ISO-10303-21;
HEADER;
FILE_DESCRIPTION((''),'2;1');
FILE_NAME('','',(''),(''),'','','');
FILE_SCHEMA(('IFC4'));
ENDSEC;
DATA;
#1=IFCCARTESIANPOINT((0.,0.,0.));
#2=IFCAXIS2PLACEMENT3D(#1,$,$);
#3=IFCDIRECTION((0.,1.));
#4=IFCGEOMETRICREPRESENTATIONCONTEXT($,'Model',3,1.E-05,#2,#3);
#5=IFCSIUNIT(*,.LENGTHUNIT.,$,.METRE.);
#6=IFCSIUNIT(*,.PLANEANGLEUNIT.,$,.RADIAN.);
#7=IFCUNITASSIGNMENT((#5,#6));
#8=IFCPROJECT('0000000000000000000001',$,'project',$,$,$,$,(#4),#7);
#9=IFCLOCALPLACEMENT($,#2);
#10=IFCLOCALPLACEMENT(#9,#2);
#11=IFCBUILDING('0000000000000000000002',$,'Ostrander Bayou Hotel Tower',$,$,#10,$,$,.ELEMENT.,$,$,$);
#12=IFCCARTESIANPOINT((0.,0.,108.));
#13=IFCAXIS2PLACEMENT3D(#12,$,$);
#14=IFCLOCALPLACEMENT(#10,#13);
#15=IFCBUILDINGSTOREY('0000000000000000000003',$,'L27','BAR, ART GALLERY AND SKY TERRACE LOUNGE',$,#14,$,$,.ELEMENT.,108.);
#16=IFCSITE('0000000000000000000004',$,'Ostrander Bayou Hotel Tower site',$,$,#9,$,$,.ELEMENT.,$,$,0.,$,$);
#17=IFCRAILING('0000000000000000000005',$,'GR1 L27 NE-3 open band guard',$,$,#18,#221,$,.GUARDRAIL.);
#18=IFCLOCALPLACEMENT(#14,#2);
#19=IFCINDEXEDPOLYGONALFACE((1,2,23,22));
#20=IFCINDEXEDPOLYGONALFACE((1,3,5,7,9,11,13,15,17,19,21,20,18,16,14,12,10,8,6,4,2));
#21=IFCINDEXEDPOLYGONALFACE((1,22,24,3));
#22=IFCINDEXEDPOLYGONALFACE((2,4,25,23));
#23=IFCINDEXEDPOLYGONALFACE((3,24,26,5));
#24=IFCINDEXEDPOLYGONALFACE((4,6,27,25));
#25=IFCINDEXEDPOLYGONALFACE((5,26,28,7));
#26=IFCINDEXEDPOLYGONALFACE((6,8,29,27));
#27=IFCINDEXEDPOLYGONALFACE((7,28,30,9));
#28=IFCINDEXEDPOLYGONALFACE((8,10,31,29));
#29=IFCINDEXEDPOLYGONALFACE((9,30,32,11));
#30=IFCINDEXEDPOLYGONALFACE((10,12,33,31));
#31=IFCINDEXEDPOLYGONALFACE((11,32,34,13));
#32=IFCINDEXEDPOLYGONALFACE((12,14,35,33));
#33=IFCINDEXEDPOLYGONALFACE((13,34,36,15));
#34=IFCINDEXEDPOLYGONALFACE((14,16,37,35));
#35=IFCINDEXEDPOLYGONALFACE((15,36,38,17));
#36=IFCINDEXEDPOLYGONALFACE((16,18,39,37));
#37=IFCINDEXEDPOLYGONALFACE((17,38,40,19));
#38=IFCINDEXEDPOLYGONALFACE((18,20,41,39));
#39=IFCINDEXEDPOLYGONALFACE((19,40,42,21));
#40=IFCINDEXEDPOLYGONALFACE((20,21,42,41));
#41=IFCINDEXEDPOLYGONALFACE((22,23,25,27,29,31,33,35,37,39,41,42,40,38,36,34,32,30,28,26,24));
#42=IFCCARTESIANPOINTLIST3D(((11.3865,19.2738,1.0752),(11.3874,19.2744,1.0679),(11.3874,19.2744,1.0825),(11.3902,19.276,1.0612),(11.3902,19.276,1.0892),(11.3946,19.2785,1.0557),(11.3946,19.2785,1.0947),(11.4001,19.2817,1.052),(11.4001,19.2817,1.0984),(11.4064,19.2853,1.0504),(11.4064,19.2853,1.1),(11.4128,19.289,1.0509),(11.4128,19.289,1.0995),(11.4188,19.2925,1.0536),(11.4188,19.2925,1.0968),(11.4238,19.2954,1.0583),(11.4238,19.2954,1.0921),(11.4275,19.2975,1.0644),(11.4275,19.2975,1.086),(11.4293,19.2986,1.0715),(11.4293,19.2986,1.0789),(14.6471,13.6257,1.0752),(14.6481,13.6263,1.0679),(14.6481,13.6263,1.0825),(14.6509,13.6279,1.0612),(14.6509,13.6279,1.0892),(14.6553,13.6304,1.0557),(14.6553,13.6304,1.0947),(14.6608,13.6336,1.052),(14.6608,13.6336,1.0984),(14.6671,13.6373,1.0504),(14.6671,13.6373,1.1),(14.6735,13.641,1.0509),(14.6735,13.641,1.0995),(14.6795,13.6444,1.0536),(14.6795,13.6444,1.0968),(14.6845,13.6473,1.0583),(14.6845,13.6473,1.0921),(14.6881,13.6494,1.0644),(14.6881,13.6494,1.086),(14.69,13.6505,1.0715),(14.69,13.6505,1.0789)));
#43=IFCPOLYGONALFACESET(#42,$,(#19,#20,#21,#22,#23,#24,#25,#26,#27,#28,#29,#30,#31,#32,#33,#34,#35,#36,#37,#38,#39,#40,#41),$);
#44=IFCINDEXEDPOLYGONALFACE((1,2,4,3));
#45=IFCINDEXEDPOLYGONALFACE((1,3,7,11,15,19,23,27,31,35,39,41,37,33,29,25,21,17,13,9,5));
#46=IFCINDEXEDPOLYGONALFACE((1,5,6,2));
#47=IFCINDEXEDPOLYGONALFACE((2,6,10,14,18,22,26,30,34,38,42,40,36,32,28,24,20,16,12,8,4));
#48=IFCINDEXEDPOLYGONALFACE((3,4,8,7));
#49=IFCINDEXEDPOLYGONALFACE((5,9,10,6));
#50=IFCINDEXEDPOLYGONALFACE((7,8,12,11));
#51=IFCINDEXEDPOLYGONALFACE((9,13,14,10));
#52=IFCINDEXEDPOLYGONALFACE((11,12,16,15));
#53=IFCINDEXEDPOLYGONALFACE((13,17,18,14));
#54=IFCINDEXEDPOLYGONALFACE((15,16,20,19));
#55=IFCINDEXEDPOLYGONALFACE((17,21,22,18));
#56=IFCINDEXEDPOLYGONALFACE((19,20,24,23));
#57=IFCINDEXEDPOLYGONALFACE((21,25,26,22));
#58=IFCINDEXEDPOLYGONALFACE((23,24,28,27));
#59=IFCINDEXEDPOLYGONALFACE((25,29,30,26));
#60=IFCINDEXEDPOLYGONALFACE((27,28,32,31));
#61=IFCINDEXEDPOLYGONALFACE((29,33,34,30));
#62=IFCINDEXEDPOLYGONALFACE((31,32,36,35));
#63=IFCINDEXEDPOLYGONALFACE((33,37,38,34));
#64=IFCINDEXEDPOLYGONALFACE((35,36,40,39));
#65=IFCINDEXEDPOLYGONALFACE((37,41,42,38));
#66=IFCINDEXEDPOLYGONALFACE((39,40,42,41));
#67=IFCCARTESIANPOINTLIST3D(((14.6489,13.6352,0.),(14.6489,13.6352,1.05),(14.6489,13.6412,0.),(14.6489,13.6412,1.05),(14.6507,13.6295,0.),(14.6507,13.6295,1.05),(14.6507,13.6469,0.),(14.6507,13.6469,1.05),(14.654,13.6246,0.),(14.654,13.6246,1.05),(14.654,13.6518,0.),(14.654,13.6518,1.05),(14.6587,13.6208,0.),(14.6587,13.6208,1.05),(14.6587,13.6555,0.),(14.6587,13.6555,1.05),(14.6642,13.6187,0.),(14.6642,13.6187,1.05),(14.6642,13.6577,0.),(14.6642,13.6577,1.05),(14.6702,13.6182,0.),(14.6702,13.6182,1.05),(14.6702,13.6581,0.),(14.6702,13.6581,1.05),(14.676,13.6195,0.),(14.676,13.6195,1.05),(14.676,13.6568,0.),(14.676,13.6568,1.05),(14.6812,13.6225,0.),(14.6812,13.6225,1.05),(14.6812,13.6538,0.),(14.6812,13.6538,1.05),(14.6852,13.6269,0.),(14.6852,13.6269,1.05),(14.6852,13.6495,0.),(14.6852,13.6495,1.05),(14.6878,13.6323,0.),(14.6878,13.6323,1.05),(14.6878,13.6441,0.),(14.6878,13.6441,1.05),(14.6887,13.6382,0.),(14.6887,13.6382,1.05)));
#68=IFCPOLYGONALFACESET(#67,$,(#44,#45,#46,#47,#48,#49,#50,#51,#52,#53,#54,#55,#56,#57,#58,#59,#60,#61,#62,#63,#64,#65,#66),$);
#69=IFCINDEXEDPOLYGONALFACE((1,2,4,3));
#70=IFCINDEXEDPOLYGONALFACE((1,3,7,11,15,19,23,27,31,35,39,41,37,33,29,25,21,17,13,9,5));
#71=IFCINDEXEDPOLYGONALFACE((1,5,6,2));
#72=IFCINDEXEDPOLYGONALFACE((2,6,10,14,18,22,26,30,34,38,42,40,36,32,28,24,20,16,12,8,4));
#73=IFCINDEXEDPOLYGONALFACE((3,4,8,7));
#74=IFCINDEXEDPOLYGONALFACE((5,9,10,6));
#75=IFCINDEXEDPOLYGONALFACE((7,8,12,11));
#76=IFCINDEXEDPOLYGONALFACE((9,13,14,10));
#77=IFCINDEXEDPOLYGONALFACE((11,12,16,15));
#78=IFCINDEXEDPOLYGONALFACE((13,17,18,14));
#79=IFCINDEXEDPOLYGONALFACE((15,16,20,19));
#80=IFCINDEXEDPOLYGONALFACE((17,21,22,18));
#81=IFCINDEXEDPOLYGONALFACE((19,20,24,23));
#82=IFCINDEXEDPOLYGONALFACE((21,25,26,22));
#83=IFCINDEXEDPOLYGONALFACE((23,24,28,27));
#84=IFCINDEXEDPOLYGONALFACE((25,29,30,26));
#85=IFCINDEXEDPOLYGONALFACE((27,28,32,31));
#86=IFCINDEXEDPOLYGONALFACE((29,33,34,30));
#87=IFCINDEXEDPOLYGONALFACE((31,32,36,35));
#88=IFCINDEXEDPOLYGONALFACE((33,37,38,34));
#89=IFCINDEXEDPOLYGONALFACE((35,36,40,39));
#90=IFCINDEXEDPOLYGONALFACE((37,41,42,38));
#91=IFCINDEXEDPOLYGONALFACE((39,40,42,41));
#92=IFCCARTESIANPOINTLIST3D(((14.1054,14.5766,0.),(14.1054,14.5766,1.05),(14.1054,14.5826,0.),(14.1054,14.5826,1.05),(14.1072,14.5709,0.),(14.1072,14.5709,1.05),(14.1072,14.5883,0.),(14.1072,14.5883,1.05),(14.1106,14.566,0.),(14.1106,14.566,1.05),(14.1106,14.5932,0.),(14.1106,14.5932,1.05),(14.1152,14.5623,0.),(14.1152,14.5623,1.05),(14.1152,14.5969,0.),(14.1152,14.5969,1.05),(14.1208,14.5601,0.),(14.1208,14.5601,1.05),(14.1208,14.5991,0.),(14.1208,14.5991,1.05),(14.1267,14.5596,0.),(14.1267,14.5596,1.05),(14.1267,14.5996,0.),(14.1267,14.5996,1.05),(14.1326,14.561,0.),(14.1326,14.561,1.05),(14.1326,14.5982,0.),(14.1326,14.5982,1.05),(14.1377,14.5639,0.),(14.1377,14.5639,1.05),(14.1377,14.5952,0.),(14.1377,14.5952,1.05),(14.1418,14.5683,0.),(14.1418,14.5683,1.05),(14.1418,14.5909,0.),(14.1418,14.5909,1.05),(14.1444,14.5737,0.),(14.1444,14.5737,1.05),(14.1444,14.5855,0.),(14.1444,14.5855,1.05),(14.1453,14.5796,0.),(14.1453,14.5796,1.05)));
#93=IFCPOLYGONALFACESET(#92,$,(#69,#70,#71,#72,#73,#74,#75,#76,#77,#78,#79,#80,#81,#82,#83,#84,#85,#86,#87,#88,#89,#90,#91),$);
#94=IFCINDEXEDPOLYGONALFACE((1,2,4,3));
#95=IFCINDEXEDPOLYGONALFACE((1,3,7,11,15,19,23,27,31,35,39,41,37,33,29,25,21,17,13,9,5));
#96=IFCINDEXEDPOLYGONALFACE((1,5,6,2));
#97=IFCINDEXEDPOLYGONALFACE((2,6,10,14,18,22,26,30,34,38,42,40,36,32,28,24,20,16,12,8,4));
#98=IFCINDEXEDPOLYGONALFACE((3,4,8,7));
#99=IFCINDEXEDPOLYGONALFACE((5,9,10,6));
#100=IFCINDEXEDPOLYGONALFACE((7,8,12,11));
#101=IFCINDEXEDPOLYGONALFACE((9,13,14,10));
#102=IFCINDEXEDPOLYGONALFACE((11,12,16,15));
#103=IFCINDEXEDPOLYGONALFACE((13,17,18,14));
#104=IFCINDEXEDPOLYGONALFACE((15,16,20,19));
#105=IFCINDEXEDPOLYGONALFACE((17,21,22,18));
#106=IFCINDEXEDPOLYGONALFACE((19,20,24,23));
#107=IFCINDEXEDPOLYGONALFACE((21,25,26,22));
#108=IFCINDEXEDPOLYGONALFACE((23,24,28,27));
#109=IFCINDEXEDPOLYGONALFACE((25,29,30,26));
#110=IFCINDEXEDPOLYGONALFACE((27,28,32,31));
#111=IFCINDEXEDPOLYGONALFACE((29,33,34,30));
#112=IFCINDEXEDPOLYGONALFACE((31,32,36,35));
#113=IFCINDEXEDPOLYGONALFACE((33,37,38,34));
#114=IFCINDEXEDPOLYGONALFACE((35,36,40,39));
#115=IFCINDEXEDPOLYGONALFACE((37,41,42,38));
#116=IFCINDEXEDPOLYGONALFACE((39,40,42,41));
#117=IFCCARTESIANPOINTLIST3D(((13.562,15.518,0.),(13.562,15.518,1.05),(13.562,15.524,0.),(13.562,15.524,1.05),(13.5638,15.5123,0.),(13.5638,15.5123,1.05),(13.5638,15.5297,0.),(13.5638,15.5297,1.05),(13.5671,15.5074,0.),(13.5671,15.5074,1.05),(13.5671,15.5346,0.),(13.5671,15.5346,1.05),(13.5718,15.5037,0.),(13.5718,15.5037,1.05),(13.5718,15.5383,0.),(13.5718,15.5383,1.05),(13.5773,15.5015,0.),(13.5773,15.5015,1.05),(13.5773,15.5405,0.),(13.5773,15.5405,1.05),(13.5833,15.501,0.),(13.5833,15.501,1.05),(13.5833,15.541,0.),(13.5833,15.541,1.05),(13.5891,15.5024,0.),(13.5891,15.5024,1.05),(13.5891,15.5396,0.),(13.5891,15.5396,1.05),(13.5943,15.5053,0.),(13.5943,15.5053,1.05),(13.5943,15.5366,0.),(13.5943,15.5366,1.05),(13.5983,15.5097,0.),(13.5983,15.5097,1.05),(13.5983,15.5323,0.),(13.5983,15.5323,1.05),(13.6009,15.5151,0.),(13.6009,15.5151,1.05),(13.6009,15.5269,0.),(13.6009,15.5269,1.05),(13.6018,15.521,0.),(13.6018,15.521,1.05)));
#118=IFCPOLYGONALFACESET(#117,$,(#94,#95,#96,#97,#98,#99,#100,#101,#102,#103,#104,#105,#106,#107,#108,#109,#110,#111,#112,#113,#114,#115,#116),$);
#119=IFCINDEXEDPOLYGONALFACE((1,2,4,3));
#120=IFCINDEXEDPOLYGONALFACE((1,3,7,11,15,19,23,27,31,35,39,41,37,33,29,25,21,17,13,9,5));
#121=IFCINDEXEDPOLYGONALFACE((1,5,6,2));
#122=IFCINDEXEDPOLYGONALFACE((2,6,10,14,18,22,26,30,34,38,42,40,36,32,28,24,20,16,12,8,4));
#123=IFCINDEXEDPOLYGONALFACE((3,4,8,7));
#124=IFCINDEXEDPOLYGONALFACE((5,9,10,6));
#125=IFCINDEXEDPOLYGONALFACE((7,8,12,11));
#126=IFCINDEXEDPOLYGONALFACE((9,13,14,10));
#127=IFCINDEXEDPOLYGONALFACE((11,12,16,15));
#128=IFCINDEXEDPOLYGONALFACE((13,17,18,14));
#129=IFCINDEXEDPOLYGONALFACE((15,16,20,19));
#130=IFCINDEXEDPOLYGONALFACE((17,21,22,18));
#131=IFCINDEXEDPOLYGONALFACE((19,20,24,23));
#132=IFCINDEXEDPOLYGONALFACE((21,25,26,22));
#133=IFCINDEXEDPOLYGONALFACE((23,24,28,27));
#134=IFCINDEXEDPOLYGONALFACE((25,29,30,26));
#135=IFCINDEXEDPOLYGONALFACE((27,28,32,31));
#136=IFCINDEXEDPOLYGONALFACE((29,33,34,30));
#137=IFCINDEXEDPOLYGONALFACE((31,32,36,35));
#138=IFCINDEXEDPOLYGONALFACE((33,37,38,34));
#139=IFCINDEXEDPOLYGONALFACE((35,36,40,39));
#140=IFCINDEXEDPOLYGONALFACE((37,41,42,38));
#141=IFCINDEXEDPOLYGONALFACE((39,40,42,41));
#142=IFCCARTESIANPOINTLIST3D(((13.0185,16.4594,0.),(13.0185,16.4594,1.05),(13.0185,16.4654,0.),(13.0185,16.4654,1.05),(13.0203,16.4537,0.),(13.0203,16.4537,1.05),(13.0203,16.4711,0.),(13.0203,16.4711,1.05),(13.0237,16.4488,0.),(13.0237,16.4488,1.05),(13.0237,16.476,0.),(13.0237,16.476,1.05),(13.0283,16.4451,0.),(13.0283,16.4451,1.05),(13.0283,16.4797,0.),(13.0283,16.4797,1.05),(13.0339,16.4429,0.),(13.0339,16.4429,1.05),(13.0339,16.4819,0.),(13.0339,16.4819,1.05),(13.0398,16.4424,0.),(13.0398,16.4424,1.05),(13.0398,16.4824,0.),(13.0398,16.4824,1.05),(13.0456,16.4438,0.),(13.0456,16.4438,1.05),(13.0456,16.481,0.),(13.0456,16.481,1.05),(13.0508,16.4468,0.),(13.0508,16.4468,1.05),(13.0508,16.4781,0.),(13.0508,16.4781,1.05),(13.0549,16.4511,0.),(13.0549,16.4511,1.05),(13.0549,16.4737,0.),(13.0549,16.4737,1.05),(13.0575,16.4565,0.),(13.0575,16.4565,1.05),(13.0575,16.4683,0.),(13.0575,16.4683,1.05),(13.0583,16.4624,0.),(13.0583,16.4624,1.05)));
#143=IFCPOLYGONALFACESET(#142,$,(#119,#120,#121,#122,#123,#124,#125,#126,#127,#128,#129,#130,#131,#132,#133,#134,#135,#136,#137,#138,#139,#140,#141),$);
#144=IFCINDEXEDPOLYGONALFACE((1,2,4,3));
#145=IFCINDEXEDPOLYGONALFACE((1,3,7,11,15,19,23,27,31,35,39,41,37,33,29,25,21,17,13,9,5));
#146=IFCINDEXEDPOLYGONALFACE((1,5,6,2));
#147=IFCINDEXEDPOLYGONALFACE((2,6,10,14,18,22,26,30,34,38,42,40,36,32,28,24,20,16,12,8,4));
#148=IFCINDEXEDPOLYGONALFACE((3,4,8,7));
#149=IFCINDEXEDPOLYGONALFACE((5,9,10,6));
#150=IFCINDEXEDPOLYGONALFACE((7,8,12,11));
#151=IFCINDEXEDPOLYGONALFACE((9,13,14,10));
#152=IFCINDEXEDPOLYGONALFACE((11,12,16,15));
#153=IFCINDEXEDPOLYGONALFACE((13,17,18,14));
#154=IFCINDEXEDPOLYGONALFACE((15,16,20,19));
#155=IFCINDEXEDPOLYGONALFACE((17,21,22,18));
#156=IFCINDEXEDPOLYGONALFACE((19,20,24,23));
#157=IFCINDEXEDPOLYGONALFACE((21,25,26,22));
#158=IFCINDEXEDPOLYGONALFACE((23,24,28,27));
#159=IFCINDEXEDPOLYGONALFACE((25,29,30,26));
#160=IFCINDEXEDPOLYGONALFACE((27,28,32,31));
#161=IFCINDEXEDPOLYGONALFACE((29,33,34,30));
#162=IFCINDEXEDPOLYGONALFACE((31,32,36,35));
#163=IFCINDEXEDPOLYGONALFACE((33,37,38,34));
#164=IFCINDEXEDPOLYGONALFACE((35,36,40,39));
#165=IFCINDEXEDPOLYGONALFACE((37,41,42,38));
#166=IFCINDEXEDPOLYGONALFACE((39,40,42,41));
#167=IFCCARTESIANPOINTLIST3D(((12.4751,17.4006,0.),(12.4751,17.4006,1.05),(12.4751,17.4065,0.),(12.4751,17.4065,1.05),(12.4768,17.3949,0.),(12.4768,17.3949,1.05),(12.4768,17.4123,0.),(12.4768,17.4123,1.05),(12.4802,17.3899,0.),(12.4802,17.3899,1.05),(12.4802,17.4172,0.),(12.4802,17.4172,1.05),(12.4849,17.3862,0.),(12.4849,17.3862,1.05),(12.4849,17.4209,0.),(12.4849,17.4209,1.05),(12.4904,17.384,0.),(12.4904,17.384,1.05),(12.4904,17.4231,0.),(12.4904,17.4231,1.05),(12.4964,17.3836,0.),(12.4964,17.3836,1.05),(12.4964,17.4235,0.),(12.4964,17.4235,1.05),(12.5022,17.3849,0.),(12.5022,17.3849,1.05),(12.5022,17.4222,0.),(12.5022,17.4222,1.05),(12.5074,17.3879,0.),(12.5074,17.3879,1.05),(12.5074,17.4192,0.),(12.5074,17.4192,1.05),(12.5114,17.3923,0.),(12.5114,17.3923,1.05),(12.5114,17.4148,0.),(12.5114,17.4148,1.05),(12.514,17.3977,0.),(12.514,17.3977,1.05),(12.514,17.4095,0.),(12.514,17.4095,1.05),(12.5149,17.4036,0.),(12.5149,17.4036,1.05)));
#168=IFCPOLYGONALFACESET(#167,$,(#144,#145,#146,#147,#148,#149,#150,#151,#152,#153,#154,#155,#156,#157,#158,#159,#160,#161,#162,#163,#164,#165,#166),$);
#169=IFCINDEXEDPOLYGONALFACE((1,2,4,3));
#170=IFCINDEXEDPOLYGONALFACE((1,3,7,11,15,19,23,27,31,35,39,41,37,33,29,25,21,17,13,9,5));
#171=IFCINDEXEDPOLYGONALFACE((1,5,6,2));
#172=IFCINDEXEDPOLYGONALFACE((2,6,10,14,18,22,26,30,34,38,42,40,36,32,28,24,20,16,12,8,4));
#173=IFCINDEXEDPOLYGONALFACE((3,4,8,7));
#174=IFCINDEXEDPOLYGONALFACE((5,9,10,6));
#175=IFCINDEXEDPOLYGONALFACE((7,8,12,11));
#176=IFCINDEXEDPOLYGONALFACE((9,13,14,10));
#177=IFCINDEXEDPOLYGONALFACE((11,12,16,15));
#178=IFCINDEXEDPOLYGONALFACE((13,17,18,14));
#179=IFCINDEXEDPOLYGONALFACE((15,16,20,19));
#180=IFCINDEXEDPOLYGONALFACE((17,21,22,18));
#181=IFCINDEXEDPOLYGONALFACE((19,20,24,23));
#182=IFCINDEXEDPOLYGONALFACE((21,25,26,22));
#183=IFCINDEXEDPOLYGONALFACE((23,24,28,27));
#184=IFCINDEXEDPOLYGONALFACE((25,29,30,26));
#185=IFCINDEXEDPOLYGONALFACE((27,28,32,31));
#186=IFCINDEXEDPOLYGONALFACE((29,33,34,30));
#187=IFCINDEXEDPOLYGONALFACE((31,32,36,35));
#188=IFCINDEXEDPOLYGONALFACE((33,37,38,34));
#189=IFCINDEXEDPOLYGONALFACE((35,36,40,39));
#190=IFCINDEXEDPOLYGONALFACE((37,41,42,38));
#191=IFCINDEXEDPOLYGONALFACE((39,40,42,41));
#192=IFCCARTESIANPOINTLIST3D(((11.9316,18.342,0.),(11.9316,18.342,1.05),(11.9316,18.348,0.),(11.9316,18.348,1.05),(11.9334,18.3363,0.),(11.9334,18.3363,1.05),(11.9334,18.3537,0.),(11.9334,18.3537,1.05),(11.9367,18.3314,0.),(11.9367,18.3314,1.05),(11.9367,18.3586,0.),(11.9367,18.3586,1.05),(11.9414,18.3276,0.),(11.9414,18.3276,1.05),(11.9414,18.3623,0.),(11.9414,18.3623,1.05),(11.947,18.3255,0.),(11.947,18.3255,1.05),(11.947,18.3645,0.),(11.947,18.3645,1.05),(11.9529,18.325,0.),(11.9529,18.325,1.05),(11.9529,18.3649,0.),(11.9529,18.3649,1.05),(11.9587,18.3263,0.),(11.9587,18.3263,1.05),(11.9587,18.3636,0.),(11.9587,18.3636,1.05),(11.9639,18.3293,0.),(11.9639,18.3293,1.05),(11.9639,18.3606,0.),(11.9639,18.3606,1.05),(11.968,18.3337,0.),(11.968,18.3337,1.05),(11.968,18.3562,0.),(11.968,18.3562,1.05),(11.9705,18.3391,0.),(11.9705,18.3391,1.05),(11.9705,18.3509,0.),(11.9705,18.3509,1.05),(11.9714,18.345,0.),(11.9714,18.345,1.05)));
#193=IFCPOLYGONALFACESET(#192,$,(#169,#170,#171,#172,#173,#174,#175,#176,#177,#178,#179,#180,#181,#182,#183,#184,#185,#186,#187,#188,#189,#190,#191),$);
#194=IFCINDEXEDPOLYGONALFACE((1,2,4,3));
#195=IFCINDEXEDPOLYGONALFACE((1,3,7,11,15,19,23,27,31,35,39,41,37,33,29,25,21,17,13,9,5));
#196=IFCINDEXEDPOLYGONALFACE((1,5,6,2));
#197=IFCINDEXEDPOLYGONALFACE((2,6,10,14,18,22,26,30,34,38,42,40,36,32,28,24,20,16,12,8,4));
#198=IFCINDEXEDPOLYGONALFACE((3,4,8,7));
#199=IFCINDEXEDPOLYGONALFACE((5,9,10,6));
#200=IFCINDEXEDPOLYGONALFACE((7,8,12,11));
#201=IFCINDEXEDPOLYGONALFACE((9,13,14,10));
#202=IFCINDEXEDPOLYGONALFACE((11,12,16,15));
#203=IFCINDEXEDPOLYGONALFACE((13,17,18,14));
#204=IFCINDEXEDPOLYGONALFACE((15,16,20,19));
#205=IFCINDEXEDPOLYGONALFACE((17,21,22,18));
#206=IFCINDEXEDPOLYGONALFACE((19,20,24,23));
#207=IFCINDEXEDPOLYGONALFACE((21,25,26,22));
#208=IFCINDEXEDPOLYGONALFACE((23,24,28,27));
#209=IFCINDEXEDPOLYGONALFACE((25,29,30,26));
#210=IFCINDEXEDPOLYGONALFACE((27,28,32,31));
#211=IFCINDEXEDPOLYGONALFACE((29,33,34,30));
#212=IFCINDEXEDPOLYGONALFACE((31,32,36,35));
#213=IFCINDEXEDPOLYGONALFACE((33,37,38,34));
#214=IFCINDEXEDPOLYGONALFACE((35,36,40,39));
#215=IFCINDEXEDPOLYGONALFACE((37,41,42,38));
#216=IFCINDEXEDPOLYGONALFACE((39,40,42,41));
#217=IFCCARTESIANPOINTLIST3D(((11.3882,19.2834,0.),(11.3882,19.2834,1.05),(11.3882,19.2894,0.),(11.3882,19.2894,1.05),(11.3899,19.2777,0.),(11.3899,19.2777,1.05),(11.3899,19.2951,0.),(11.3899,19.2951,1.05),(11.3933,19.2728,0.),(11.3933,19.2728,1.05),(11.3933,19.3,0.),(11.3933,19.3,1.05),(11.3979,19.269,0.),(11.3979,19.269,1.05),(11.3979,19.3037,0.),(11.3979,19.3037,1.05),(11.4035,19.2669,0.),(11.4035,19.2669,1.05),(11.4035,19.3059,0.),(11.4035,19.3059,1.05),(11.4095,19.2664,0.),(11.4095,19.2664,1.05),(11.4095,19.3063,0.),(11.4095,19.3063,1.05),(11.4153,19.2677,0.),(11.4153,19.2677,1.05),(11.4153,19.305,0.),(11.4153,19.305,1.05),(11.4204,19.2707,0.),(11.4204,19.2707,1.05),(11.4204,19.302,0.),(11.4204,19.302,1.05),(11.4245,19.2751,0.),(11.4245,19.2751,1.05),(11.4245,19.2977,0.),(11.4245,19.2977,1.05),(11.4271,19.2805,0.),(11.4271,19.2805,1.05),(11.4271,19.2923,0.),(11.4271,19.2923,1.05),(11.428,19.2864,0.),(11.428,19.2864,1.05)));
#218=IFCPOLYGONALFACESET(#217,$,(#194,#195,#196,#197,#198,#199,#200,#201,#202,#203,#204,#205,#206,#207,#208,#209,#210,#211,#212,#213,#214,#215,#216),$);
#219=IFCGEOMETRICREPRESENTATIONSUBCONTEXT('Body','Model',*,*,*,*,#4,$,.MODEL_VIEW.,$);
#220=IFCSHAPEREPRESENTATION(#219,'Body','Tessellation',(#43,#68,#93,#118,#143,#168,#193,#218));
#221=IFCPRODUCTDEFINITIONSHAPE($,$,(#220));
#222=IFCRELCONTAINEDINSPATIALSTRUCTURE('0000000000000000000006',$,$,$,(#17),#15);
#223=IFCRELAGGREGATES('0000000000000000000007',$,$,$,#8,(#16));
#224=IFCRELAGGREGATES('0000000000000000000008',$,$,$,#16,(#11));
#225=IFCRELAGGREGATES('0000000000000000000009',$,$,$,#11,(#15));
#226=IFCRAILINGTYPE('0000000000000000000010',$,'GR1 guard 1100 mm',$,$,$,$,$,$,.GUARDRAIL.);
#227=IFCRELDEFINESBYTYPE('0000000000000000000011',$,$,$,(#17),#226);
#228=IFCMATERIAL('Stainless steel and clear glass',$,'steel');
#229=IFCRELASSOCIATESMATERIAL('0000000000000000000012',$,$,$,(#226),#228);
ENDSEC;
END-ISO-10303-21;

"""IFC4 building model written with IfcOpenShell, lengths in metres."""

from ifc_helpers import new_model, si_unit, direction, frame, origin, origin_2d, place, context, subcontext, project, spatial, circle, extrude, material, type_object, element, save


model = new_model("IFC4")

# Units and contexts
model_context = context("Model", 3, precision=1e-05, world=origin(), true_north=direction((0.0, 1.0)))
body_context = subcontext(model_context, "Body", "Model", "MODEL_VIEW")
ifc_project = project(units=[si_unit("LENGTHUNIT", "METRE"), si_unit("PLANEANGLEUNIT", "RADIAN")], contexts=[model_context])

# Site, building, storey
site_placement = place(None, origin())
site = spatial("IfcSite", under=ifc_project, at=site_placement, Name="Ostrander Bayou Hotel Tower site", CompositionType="ELEMENT", RefElevation=0.0)
building_placement = place(site_placement, origin())
building = spatial("IfcBuilding", under=site, at=building_placement, Name="Ostrander Bayou Hotel Tower", CompositionType="ELEMENT")
storey_placement = place(building_placement, frame((0.0, 0.0, 108.0)))
storey = spatial("IfcBuildingStorey", under=building, at=storey_placement, Name="L27", Description="BAR, ART GALLERY AND SKY TERRACE LOUNGE", CompositionType="ELEMENT", Elevation=108.0)

# Railing
ifc_material_1 = material(Name="Stainless steel and clear glass", Category="steel")
railing_type_1 = type_object("IfcRailingType", Name="GR1 guard 1100 mm", PredefinedType="GUARDRAIL", material=ifc_material_1)
railing_1_placement = place(storey_placement, frame((14.6687, 13.6382, 0.0)))
element("IfcRailing", 1, at=railing_1_placement, inside=storey, type_object=railing_type_1, Name="GR1 L27 NE-3 open band guard", PredefinedType="GUARDRAIL", context=body_context, shape_type="SweptSolid", body=[
    extrude(circle(Radius=0.0249, at=origin_2d()), frame((0.0, 0.0, 1.0752), z_axis=(-0.499972, 0.866042, 0.0), x_axis=(-0.866042, -0.499972, 0.0)), (0.0, 0.0, 1.0), 6.5217),
    extrude(circle(Radius=0.02, at=origin_2d()), origin(), (0.0, 0.0, 1.0), 1.05),
    extrude(circle(Radius=0.02, at=origin_2d()), frame((-0.5435, 0.9414, 0.0)), (0.0, 0.0, 1.0), 1.05),
    extrude(circle(Radius=0.02, at=origin_2d()), frame((-1.0869, 1.8828, 0.0)), (0.0, 0.0, 1.0), 1.05),
    extrude(circle(Radius=0.02, at=origin_2d()), frame((-1.6304, 2.8242, 0.0)), (0.0, 0.0, 1.0), 1.05),
    extrude(circle(Radius=0.02, at=origin_2d()), frame((-2.1738, 3.7654, 0.0)), (0.0, 0.0, 1.0), 1.05),
    extrude(circle(Radius=0.02, at=origin_2d()), frame((-2.7173, 4.7068, 0.0)), (0.0, 0.0, 1.0), 1.05),
    extrude(circle(Radius=0.02, at=origin_2d()), frame((-3.2607, 5.6482, 0.0)), (0.0, 0.0, 1.0), 1.05),
])

save(model, "model.ifc")
